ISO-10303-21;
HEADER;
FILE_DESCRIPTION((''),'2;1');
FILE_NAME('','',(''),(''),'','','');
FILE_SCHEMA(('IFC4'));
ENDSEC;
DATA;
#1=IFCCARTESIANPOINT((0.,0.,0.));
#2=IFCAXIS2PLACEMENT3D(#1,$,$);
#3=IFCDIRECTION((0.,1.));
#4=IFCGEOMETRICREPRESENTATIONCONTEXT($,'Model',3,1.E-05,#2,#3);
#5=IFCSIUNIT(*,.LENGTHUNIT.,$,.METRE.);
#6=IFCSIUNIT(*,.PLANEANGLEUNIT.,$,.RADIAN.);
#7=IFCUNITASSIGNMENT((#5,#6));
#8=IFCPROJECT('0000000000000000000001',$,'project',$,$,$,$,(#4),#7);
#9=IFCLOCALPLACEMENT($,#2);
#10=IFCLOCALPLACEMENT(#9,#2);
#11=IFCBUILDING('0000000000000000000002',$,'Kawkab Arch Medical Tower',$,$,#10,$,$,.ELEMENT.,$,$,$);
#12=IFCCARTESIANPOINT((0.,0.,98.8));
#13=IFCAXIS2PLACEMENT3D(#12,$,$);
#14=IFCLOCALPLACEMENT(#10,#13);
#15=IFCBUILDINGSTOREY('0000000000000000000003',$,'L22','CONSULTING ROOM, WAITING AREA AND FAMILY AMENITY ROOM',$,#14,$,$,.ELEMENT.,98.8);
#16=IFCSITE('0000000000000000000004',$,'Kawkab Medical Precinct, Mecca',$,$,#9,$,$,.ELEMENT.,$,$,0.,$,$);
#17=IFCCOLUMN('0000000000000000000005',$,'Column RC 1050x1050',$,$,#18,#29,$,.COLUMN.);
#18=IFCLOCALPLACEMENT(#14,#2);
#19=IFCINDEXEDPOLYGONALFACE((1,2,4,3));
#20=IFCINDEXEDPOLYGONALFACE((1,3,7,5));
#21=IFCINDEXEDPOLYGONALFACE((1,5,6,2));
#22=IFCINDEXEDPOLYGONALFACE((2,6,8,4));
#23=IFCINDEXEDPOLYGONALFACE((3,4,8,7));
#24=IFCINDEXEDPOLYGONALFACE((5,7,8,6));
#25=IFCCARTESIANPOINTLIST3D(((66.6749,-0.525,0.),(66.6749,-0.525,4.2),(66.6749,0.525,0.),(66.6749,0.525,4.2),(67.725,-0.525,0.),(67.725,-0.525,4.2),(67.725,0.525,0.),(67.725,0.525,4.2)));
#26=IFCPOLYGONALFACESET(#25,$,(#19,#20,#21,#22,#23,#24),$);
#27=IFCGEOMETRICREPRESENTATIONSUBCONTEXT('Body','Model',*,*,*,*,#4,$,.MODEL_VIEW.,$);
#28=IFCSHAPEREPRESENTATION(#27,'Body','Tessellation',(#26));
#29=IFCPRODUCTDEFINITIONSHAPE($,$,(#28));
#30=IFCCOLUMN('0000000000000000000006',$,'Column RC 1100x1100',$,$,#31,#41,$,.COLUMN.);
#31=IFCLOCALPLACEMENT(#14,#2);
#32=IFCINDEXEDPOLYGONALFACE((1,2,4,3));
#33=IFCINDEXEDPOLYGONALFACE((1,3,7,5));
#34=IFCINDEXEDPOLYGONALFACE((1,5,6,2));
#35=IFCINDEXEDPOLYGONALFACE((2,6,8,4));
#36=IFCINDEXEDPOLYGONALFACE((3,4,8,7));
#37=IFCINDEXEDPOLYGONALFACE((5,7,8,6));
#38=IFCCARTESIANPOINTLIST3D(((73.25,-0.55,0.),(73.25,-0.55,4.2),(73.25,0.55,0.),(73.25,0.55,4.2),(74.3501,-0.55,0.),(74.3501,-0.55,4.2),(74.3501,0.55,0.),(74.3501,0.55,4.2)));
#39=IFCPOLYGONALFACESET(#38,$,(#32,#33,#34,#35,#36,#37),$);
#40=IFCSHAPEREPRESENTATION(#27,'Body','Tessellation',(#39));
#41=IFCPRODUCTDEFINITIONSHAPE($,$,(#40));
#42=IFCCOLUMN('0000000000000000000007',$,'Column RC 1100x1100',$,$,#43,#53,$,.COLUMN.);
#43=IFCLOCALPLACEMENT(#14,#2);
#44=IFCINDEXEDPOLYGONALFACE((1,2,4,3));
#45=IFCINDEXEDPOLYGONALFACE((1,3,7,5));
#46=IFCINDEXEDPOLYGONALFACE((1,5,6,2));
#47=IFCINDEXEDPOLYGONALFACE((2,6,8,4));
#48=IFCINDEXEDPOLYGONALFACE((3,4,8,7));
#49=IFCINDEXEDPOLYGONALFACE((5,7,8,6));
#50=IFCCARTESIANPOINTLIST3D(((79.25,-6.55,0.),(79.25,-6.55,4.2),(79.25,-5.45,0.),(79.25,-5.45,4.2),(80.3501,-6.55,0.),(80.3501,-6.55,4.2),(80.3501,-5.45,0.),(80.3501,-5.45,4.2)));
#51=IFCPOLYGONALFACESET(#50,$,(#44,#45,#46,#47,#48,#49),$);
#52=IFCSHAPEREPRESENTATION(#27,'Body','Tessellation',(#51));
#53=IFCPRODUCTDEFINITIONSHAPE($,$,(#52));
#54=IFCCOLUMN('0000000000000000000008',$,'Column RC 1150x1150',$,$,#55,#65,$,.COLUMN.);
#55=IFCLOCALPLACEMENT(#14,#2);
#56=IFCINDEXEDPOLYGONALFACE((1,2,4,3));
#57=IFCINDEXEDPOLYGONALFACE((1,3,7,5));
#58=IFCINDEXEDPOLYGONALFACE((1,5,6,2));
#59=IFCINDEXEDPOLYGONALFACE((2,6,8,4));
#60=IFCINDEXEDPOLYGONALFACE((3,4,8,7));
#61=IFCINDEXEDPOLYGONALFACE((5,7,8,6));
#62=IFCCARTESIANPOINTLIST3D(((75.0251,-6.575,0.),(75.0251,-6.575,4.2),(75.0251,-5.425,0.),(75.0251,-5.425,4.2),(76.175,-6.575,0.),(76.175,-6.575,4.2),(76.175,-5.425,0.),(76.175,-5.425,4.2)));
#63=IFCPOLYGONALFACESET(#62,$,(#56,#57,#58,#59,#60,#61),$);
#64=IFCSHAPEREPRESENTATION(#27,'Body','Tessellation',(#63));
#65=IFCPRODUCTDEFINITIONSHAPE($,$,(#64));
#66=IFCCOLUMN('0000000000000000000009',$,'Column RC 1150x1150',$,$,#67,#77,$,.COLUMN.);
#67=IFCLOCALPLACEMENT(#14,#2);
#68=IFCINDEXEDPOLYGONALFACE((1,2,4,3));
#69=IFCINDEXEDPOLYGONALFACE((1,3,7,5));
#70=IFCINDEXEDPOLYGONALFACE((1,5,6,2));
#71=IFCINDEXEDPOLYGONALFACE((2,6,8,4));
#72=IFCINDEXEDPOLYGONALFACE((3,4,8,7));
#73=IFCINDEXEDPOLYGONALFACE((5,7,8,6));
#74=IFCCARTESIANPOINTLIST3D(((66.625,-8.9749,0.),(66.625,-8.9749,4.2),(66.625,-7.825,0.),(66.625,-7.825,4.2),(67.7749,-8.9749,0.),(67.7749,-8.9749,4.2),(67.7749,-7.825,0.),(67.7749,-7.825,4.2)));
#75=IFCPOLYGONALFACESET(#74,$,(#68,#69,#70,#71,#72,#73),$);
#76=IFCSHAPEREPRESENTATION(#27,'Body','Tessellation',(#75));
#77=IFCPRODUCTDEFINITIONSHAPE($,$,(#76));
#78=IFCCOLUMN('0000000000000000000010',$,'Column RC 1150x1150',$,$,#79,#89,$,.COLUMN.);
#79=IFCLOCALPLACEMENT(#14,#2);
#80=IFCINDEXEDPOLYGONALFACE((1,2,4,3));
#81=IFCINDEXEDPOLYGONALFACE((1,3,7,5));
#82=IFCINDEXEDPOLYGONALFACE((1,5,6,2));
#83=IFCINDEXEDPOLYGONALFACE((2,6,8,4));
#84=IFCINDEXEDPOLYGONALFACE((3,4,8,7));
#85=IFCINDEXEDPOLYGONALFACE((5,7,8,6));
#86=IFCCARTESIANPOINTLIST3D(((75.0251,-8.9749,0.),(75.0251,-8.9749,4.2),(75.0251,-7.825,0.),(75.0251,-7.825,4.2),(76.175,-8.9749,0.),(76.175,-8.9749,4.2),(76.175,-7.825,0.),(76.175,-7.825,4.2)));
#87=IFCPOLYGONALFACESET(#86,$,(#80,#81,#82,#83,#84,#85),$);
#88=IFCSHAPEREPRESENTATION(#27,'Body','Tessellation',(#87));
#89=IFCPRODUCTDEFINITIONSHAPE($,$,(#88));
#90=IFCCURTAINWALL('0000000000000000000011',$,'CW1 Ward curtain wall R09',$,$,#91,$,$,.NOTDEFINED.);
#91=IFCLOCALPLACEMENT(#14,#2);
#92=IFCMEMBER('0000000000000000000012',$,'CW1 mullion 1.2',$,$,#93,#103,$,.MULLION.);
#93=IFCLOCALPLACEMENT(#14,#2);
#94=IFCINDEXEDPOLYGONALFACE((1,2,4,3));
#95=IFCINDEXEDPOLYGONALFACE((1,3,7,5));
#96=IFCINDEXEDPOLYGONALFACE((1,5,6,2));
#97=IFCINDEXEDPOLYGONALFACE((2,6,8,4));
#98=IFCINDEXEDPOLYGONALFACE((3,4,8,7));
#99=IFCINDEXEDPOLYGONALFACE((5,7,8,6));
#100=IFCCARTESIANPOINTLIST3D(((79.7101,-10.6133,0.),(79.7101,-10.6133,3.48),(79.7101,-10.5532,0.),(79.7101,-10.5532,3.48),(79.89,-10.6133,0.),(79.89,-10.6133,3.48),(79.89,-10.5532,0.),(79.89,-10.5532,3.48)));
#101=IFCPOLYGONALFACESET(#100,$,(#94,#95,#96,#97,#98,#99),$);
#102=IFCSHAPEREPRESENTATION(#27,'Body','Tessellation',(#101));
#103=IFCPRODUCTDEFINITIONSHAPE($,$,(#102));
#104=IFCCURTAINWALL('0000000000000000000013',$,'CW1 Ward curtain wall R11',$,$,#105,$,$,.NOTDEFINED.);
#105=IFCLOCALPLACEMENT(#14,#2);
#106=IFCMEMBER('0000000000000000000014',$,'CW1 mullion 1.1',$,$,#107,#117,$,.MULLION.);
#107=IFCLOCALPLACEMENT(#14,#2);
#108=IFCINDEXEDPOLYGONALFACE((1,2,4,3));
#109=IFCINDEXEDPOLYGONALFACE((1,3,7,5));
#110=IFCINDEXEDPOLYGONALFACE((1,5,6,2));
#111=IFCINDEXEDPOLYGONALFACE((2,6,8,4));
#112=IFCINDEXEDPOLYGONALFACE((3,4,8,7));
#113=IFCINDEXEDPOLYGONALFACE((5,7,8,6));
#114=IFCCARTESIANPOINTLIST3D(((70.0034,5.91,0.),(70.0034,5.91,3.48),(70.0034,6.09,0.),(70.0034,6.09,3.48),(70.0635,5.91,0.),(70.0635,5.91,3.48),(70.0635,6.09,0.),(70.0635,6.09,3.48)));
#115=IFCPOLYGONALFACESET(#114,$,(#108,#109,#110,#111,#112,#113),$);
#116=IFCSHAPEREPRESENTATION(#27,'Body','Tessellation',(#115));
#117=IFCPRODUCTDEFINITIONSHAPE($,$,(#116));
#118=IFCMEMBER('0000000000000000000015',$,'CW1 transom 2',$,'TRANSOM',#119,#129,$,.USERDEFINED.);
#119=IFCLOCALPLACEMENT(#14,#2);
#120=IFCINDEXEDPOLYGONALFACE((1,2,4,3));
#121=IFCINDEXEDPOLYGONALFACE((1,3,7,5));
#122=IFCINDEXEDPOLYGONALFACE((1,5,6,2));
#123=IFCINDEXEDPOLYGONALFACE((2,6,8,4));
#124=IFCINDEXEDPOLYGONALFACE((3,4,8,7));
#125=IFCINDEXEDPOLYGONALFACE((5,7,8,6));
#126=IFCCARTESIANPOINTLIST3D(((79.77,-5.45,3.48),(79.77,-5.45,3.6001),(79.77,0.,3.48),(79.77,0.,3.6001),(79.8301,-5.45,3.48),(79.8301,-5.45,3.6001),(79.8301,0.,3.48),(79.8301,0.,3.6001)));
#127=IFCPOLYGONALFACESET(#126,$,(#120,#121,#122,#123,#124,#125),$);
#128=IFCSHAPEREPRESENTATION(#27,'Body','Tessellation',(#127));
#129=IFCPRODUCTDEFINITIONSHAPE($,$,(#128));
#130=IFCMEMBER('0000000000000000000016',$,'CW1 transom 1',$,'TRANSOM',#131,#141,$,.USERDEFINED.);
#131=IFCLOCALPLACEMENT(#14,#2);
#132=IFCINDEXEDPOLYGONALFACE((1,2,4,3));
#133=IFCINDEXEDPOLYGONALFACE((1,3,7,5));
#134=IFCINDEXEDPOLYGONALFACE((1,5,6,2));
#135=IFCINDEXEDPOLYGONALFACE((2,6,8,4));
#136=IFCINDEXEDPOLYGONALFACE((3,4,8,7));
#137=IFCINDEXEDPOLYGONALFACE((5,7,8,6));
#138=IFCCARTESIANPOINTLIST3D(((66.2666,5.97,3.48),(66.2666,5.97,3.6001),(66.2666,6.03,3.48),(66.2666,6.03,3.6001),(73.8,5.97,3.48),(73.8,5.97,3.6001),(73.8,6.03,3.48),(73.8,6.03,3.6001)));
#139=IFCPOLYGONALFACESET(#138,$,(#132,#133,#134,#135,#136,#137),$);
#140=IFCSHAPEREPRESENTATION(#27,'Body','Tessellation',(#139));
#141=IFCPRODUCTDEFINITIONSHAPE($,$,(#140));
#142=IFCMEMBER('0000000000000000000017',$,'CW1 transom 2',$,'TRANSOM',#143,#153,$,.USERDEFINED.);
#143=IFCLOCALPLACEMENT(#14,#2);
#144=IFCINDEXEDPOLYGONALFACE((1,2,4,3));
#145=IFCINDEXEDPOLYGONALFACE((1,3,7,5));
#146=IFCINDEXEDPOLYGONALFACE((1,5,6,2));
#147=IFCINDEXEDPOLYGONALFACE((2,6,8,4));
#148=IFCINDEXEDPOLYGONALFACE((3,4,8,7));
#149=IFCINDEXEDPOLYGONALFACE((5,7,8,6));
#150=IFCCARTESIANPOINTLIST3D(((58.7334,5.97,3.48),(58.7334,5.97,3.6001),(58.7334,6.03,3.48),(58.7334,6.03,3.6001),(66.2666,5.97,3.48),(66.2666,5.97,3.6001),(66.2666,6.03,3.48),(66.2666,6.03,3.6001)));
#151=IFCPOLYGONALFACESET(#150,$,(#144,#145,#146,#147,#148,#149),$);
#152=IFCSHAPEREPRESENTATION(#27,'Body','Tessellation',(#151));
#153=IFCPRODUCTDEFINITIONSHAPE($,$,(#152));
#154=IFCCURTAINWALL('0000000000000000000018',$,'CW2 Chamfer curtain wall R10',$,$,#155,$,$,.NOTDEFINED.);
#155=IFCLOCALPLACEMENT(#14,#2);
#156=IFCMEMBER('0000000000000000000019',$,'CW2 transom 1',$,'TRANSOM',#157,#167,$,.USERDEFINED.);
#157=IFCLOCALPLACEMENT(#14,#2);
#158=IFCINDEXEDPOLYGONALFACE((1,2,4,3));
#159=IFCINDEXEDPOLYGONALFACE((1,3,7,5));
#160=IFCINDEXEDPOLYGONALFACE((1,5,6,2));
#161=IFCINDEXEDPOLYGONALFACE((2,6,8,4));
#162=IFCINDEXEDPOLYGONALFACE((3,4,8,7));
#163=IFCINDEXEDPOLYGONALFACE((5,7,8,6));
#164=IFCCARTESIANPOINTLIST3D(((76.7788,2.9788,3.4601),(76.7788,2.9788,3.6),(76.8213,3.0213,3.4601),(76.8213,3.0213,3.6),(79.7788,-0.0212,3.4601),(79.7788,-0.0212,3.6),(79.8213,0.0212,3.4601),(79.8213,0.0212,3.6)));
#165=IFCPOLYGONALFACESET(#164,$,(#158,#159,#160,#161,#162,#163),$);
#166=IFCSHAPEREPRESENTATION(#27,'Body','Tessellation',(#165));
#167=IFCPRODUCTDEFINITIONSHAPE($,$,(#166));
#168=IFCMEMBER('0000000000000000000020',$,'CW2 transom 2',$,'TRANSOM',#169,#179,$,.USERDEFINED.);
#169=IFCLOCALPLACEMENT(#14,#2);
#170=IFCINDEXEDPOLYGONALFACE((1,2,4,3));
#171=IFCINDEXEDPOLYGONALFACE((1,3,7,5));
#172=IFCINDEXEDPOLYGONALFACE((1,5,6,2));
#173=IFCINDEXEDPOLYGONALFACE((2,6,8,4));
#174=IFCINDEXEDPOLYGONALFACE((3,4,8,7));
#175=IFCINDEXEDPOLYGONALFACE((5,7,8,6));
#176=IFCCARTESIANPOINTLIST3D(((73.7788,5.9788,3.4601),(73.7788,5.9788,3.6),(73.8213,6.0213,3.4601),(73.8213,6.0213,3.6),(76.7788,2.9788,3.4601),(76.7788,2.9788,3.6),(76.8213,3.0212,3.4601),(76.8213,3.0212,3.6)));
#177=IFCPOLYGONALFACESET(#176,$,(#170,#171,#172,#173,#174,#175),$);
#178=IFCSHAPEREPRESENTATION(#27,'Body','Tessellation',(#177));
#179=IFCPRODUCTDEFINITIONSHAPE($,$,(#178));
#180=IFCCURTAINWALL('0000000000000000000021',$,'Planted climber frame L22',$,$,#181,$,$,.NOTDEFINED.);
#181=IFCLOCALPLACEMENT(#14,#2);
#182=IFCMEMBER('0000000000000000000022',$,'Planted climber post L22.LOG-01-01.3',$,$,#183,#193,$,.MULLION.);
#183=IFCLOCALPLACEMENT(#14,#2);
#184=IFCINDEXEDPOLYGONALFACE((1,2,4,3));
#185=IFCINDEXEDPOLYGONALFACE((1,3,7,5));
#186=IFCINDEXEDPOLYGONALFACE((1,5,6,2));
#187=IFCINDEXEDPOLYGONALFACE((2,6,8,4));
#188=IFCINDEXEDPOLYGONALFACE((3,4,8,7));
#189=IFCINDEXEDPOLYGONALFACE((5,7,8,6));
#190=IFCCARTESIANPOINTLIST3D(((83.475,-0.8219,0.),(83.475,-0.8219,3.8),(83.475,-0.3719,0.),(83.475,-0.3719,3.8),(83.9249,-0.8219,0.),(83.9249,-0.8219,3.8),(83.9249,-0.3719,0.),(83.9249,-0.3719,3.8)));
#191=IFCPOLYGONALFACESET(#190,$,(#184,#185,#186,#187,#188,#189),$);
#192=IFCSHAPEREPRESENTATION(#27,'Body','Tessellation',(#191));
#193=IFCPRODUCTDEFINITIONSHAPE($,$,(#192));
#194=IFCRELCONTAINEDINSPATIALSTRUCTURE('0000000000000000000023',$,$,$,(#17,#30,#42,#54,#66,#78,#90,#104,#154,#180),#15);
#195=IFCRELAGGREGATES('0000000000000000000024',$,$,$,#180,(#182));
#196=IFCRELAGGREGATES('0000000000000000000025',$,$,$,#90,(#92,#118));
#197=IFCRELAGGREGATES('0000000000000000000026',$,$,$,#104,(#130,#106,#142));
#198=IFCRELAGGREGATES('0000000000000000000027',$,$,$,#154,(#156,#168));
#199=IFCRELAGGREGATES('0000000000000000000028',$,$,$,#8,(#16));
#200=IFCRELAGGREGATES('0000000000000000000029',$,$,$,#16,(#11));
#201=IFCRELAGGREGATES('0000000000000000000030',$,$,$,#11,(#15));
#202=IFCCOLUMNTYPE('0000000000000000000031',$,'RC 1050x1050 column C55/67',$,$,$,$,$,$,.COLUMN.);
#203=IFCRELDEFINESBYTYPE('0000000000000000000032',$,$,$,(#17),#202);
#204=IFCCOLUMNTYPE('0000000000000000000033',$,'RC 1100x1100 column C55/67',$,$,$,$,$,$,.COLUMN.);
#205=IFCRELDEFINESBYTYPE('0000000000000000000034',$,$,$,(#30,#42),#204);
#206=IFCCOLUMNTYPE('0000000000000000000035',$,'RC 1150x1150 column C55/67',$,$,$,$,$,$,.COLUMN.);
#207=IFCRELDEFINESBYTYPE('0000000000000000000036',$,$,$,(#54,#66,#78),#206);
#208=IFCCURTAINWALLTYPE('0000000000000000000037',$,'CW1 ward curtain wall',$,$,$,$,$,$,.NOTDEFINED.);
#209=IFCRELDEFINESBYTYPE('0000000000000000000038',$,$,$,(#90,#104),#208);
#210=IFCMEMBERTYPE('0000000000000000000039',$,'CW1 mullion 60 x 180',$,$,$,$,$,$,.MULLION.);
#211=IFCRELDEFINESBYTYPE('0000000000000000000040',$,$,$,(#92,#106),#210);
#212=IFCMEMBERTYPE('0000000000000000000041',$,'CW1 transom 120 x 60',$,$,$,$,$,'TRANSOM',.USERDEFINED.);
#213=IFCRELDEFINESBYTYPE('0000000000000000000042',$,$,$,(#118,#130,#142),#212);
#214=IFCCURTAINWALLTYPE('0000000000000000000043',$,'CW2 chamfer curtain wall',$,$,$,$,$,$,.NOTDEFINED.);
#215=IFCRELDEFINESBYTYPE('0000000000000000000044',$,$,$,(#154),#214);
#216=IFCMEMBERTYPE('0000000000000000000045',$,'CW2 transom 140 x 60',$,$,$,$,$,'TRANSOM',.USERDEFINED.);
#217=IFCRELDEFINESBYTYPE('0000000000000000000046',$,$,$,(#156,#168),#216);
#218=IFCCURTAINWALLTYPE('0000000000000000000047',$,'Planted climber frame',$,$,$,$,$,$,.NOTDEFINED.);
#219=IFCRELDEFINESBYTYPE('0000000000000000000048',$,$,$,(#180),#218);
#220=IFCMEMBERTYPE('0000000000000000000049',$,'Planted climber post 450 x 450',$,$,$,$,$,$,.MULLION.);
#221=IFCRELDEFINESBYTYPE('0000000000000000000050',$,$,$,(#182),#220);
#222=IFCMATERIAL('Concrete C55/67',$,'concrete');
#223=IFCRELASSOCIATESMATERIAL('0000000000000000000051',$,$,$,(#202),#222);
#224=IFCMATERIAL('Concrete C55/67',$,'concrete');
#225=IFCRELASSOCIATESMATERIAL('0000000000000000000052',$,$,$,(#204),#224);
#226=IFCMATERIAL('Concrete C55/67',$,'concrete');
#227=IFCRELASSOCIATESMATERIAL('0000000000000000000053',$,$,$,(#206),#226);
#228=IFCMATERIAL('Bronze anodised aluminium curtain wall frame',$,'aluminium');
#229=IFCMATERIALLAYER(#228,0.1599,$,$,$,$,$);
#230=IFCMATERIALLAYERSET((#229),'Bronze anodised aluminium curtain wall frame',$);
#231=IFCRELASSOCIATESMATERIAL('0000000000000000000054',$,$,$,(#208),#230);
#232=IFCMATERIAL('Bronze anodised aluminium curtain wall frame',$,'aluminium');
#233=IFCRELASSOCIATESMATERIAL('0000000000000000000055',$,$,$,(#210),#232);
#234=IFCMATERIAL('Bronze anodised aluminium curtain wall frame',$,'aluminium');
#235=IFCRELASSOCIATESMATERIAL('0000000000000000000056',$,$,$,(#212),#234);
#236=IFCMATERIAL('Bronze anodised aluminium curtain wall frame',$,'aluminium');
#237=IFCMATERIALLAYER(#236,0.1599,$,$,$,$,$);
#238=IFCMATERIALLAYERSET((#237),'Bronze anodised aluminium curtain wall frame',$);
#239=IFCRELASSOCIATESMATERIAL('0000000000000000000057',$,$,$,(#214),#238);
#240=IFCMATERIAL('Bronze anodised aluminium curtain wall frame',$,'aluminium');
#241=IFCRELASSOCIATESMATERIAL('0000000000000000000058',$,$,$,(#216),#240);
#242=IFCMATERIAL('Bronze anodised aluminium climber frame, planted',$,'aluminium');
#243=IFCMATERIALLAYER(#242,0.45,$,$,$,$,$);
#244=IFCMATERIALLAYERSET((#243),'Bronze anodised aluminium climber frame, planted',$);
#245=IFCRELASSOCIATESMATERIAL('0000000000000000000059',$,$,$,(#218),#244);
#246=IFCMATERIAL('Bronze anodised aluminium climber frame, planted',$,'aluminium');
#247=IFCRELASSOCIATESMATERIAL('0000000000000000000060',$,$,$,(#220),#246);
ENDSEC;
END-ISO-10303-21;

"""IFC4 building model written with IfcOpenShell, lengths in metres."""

from ifc_helpers import new_model, si_unit, direction, frame, origin, origin_2d, place, context, subcontext, project, spatial, rectangle, extrude, material, layer, layer_set, material_profile, profile_set, type_object, element, aggregate, save


model = new_model("IFC4")

# Units and contexts
model_context = context("Model", 3, precision=1e-05, world=origin(), true_north=direction((0.0, 1.0)))
body_context = subcontext(model_context, "Body", "Model", "MODEL_VIEW")
ifc_project = project(units=[si_unit("LENGTHUNIT", "METRE"), si_unit("PLANEANGLEUNIT", "RADIAN")], contexts=[model_context])

# Site, building, storey
site_placement = place(None, origin())
site = spatial("IfcSite", under=ifc_project, at=site_placement, Name="Kawkab Medical Precinct, Mecca", CompositionType="ELEMENT", RefElevation=0.0)
building_placement = place(site_placement, origin())
building = spatial("IfcBuilding", under=site, at=building_placement, Name="Kawkab Arch Medical Tower", CompositionType="ELEMENT")
storey_placement = place(building_placement, frame((0.0, 0.0, 98.8)))
storey = spatial("IfcBuildingStorey", under=building, at=storey_placement, Name="L22", Description="CONSULTING ROOM, WAITING AREA AND FAMILY AMENITY ROOM", CompositionType="ELEMENT", Elevation=98.8)

# Columns
ifc_material_1 = material(Name="Concrete C55/67", Category="concrete")
ifc_material_profile_1 = material_profile(ifc_material_1, rectangle(XDim=1.05, YDim=1.05, at=origin_2d()), Name="RC 1050x1050")
ifc_profile_set_1 = profile_set([ifc_material_profile_1], Name="Concrete C55/67")
column_type_1 = type_object("IfcColumnType", Name="RC 1050x1050 column C55/67", PredefinedType="COLUMN", material=ifc_profile_set_1)
column_placement = place(storey_placement, frame((67.2, 0.0, 0.0), z_axis=(0.0, 0.0, 1.0), x_axis=(1.0, 0.0, 0.0)))
element("IfcColumn", 1, at=column_placement, inside=storey, type_object=column_type_1, Name="Column RC 1050x1050", PredefinedType="COLUMN", context=body_context, shape_type="SweptSolid", body=[
    extrude(rectangle(XDim=1.05, YDim=1.05, at=origin_2d()), origin(), (0.0, 0.0, 1.0), 4.2),
])
ifc_material_2 = material(Name="Concrete C55/67", Category="concrete")
ifc_material_profile_2 = material_profile(ifc_material_2, rectangle(XDim=1.1001, YDim=1.1001, at=origin_2d()), Name="RC 1100x1100")
ifc_profile_set_2 = profile_set([ifc_material_profile_2], Name="Concrete C55/67")
column_type_2 = type_object("IfcColumnType", Name="RC 1100x1100 column C55/67", PredefinedType="COLUMN", material=ifc_profile_set_2)
for number, where, z_axis, x_axis, name in (
    (2, (73.8, 0.0, 0.0), (0.0, 0.0, 1.0), (1.0, 0.0, 0.0), "Column RC 1100x1100"),
    (3, (79.8, -6.0, 0.0), (0.0, 0.0, 1.0), (1.0, 0.0, 0.0), "Column RC 1100x1100"),
):
    element("IfcColumn", number, at=place(storey_placement, frame(where, z_axis=z_axis, x_axis=x_axis)), inside=storey, type_object=column_type_2, Name=name, PredefinedType="COLUMN", context=body_context, shape_type="SweptSolid", body=[
        extrude(rectangle(XDim=1.1001, YDim=1.1001, at=origin_2d()), origin(), (0.0, 0.0, 1.0), 4.2),
    ])
ifc_material_3 = material(Name="Concrete C55/67", Category="concrete")
ifc_material_profile_3 = material_profile(ifc_material_3, rectangle(XDim=1.1499, YDim=1.1499, at=origin_2d()), Name="RC 1150x1150")
ifc_profile_set_3 = profile_set([ifc_material_profile_3], Name="Concrete C55/67")
column_type_3 = type_object("IfcColumnType", Name="RC 1150x1150 column C55/67", PredefinedType="COLUMN", material=ifc_profile_set_3)
for number, where, z_axis, x_axis, name in (
    (4, (75.6001, -6.0, 0.0), (0.0, 0.0, 1.0), (1.0, 0.0, 0.0), "Column RC 1150x1150"),
    (5, (67.2, -8.3999, 0.0), (0.0, 0.0, 1.0), (1.0, 0.0, 0.0), "Column RC 1150x1150"),
    (6, (75.6001, -8.3999, 0.0), (0.0, 0.0, 1.0), (1.0, 0.0, 0.0), "Column RC 1150x1150"),
):
    element("IfcColumn", number, at=place(storey_placement, frame(where, z_axis=z_axis, x_axis=x_axis)), inside=storey, type_object=column_type_3, Name=name, PredefinedType="COLUMN", context=body_context, shape_type="SweptSolid", body=[
        extrude(rectangle(XDim=1.1499, YDim=1.1499, at=origin_2d()), origin(), (0.0, 0.0, 1.0), 4.2),
    ])

# Curtain walls, members
ifc_material_4 = material(Name="Bronze anodised aluminium curtain wall frame", Category="aluminium")
ifc_layer_1 = layer(ifc_material_4, 0.1599)
ifc_layer_set_1 = layer_set([ifc_layer_1], Name="Bronze anodised aluminium curtain wall frame")
curtain_wall_type_1 = type_object("IfcCurtainWallType", Name="CW1 ward curtain wall", PredefinedType="NOTDEFINED", material=ifc_layer_set_1)
placement = place(storey_placement, origin())
curtain_wall_1 = element("IfcCurtainWall", 7, at=placement, inside=storey, type_object=curtain_wall_type_1, Name="CW1 Ward curtain wall R09", PredefinedType="NOTDEFINED")
ifc_material_5 = material(Name="Bronze anodised aluminium curtain wall frame", Category="aluminium")
ifc_material_profile_4 = material_profile(ifc_material_5, rectangle(XDim=0.1799, YDim=0.0601, at=origin_2d()), Name="AL 60x180")
ifc_profile_set_4 = profile_set([ifc_material_profile_4], Name="Bronze anodised aluminium curtain wall frame")
member_type_1 = type_object("IfcMemberType", Name="CW1 mullion 60 x 180", PredefinedType="MULLION", material=ifc_profile_set_4)
member_1_placement = place(storey_placement, frame((79.8, -10.5833, 0.0), z_axis=(0.0, 0.0, 1.0), x_axis=(-1.0, 0.0, 0.0)))
member_1 = element("IfcMember", 8, at=member_1_placement, type_object=member_type_1, Name="CW1 mullion 1.2", PredefinedType="MULLION", context=body_context, shape_type="SweptSolid", body=[
    extrude(rectangle(XDim=0.1799, YDim=0.0601, at=origin_2d()), origin(), (0.0, 0.0, 1.0), 3.48),
])
curtain_wall_2 = element("IfcCurtainWall", 9, at=placement, inside=storey, type_object=curtain_wall_type_1, Name="CW1 Ward curtain wall R11", PredefinedType="NOTDEFINED")
member_2_placement = place(storey_placement, frame((70.0334, 6.0, 0.0), z_axis=(0.0, 0.0, 1.0), x_axis=(0.0, -1.0, 0.0)))
member_2 = element("IfcMember", 10, at=member_2_placement, type_object=member_type_1, Name="CW1 mullion 1.1", PredefinedType="MULLION", context=body_context, shape_type="SweptSolid", body=[
    extrude(rectangle(XDim=0.1799, YDim=0.0601, at=origin_2d()), origin(), (0.0, 0.0, 1.0), 3.48),
])

# Members
ifc_material_6 = material(Name="Bronze anodised aluminium curtain wall frame", Category="aluminium")
ifc_material_profile_5 = material_profile(ifc_material_6, rectangle(XDim=0.0601, YDim=0.1201, at=origin_2d()), Name="AL 60x120")
ifc_profile_set_5 = profile_set([ifc_material_profile_5], Name="Bronze anodised aluminium curtain wall frame")
member_type_2 = type_object("IfcMemberType", Name="CW1 transom 120 x 60", ElementType="TRANSOM", PredefinedType="USERDEFINED", material=ifc_profile_set_5)
member_3_placement = place(storey_placement, frame((79.8, -5.45, 3.54), z_axis=(0.0, 1.0, 0.0), x_axis=(-1.0, 0.0, 0.0)))
member_3 = element("IfcMember", 11, at=member_3_placement, type_object=member_type_2, Name="CW1 transom 2", ObjectType="TRANSOM", PredefinedType="USERDEFINED", context=body_context, shape_type="SweptSolid", body=[
    extrude(rectangle(XDim=0.0601, YDim=0.1201, at=origin_2d()), origin(), (0.0, 0.0, 1.0), 5.45),
])
member_4_placement = place(storey_placement, frame((73.8, 6.0, 3.54), z_axis=(-1.0, 0.0, 0.0), x_axis=(0.0, -1.0, 0.0)))
member_4 = element("IfcMember", 12, at=member_4_placement, type_object=member_type_2, Name="CW1 transom 1", ObjectType="TRANSOM", PredefinedType="USERDEFINED", context=body_context, shape_type="SweptSolid", body=[
    extrude(rectangle(XDim=0.0601, YDim=0.1201, at=origin_2d()), origin(), (0.0, 0.0, 1.0), 7.5334),
])
member_5_placement = place(storey_placement, frame((66.2666, 6.0, 3.54), z_axis=(-1.0, 0.0, 0.0), x_axis=(0.0, -1.0, 0.0)))
member_5 = element("IfcMember", 13, at=member_5_placement, type_object=member_type_2, Name="CW1 transom 2", ObjectType="TRANSOM", PredefinedType="USERDEFINED", context=body_context, shape_type="SweptSolid", body=[
    extrude(rectangle(XDim=0.0601, YDim=0.1201, at=origin_2d()), origin(), (0.0, 0.0, 1.0), 7.5332),
])

# Curtain wall, members
ifc_material_7 = material(Name="Bronze anodised aluminium curtain wall frame", Category="aluminium")
ifc_layer_2 = layer(ifc_material_7, 0.1599)
ifc_layer_set_2 = layer_set([ifc_layer_2], Name="Bronze anodised aluminium curtain wall frame")
curtain_wall_type_2 = type_object("IfcCurtainWallType", Name="CW2 chamfer curtain wall", PredefinedType="NOTDEFINED", material=ifc_layer_set_2)
curtain_wall_3 = element("IfcCurtainWall", 14, at=placement, inside=storey, type_object=curtain_wall_type_2, Name="CW2 Chamfer curtain wall R10", PredefinedType="NOTDEFINED")
ifc_material_8 = material(Name="Bronze anodised aluminium curtain wall frame", Category="aluminium")
ifc_material_profile_6 = material_profile(ifc_material_8, rectangle(XDim=0.0601, YDim=0.1399, at=origin_2d()), Name="AL 60x140")
ifc_profile_set_6 = profile_set([ifc_material_profile_6], Name="Bronze anodised aluminium curtain wall frame")
member_type_3 = type_object("IfcMemberType", Name="CW2 transom 140 x 60", ElementType="TRANSOM", PredefinedType="USERDEFINED", material=ifc_profile_set_6)
member_6_placement = place(storey_placement, frame((79.8, 0.0, 3.53), z_axis=(-0.707107, 0.707107, 0.0), x_axis=(-0.707107, -0.707107, 0.0)))
member_6 = element("IfcMember", 15, at=member_6_placement, type_object=member_type_3, Name="CW2 transom 1", ObjectType="TRANSOM", PredefinedType="USERDEFINED", context=body_context, shape_type="SweptSolid", body=[
    extrude(rectangle(XDim=0.0601, YDim=0.1399, at=origin_2d()), origin(), (0.0, 0.0, 1.0), 4.2427),
])
member_7_placement = place(storey_placement, frame((76.8, 3.0, 3.53), z_axis=(-0.707107, 0.707107, 0.0), x_axis=(-0.707107, -0.707107, 0.0)))
member_7 = element("IfcMember", 16, at=member_7_placement, type_object=member_type_3, Name="CW2 transom 2", ObjectType="TRANSOM", PredefinedType="USERDEFINED", context=body_context, shape_type="SweptSolid", body=[
    extrude(rectangle(XDim=0.0601, YDim=0.1399, at=origin_2d()), origin(), (0.0, 0.0, 1.0), 4.2427),
])

# Curtain wall, member
ifc_material_9 = material(Name="Bronze anodised aluminium climber frame, planted", Category="aluminium")
ifc_layer_3 = layer(ifc_material_9, 0.45)
ifc_layer_set_3 = layer_set([ifc_layer_3], Name="Bronze anodised aluminium climber frame, planted")
curtain_wall_type_3 = type_object("IfcCurtainWallType", Name="Planted climber frame", PredefinedType="NOTDEFINED", material=ifc_layer_set_3)
curtain_wall_4 = element("IfcCurtainWall", 17, at=placement, inside=storey, type_object=curtain_wall_type_3, Name="Planted climber frame L22", PredefinedType="NOTDEFINED")
ifc_material_10 = material(Name="Bronze anodised aluminium climber frame, planted", Category="aluminium")
ifc_material_profile_7 = material_profile(ifc_material_10, rectangle(XDim=0.45, YDim=0.45, at=origin_2d()), Name="Post 450x450")
ifc_profile_set_7 = profile_set([ifc_material_profile_7], Name="Bronze anodised aluminium climber frame, planted")
member_type_4 = type_object("IfcMemberType", Name="Planted climber post 450 x 450", PredefinedType="MULLION", material=ifc_profile_set_7)
member_8_placement = place(storey_placement, frame((83.7, -0.5969, 0.0), z_axis=(0.0, 0.0, 1.0), x_axis=(1.0, 0.0, 0.0)))
member_8 = element("IfcMember", 18, at=member_8_placement, type_object=member_type_4, Name="Planted climber post L22.LOG-01-01.3", PredefinedType="MULLION", context=body_context, shape_type="SweptSolid", body=[
    extrude(rectangle(XDim=0.45, YDim=0.45, at=origin_2d()), origin(), (0.0, 0.0, 1.0), 3.8),
])
aggregate(curtain_wall_4, [member_8])

aggregate(curtain_wall_1, [member_1, member_3])
aggregate(curtain_wall_2, [member_4, member_2, member_5])
aggregate(curtain_wall_3, [member_6, member_7])

save(model, "model.ifc")
